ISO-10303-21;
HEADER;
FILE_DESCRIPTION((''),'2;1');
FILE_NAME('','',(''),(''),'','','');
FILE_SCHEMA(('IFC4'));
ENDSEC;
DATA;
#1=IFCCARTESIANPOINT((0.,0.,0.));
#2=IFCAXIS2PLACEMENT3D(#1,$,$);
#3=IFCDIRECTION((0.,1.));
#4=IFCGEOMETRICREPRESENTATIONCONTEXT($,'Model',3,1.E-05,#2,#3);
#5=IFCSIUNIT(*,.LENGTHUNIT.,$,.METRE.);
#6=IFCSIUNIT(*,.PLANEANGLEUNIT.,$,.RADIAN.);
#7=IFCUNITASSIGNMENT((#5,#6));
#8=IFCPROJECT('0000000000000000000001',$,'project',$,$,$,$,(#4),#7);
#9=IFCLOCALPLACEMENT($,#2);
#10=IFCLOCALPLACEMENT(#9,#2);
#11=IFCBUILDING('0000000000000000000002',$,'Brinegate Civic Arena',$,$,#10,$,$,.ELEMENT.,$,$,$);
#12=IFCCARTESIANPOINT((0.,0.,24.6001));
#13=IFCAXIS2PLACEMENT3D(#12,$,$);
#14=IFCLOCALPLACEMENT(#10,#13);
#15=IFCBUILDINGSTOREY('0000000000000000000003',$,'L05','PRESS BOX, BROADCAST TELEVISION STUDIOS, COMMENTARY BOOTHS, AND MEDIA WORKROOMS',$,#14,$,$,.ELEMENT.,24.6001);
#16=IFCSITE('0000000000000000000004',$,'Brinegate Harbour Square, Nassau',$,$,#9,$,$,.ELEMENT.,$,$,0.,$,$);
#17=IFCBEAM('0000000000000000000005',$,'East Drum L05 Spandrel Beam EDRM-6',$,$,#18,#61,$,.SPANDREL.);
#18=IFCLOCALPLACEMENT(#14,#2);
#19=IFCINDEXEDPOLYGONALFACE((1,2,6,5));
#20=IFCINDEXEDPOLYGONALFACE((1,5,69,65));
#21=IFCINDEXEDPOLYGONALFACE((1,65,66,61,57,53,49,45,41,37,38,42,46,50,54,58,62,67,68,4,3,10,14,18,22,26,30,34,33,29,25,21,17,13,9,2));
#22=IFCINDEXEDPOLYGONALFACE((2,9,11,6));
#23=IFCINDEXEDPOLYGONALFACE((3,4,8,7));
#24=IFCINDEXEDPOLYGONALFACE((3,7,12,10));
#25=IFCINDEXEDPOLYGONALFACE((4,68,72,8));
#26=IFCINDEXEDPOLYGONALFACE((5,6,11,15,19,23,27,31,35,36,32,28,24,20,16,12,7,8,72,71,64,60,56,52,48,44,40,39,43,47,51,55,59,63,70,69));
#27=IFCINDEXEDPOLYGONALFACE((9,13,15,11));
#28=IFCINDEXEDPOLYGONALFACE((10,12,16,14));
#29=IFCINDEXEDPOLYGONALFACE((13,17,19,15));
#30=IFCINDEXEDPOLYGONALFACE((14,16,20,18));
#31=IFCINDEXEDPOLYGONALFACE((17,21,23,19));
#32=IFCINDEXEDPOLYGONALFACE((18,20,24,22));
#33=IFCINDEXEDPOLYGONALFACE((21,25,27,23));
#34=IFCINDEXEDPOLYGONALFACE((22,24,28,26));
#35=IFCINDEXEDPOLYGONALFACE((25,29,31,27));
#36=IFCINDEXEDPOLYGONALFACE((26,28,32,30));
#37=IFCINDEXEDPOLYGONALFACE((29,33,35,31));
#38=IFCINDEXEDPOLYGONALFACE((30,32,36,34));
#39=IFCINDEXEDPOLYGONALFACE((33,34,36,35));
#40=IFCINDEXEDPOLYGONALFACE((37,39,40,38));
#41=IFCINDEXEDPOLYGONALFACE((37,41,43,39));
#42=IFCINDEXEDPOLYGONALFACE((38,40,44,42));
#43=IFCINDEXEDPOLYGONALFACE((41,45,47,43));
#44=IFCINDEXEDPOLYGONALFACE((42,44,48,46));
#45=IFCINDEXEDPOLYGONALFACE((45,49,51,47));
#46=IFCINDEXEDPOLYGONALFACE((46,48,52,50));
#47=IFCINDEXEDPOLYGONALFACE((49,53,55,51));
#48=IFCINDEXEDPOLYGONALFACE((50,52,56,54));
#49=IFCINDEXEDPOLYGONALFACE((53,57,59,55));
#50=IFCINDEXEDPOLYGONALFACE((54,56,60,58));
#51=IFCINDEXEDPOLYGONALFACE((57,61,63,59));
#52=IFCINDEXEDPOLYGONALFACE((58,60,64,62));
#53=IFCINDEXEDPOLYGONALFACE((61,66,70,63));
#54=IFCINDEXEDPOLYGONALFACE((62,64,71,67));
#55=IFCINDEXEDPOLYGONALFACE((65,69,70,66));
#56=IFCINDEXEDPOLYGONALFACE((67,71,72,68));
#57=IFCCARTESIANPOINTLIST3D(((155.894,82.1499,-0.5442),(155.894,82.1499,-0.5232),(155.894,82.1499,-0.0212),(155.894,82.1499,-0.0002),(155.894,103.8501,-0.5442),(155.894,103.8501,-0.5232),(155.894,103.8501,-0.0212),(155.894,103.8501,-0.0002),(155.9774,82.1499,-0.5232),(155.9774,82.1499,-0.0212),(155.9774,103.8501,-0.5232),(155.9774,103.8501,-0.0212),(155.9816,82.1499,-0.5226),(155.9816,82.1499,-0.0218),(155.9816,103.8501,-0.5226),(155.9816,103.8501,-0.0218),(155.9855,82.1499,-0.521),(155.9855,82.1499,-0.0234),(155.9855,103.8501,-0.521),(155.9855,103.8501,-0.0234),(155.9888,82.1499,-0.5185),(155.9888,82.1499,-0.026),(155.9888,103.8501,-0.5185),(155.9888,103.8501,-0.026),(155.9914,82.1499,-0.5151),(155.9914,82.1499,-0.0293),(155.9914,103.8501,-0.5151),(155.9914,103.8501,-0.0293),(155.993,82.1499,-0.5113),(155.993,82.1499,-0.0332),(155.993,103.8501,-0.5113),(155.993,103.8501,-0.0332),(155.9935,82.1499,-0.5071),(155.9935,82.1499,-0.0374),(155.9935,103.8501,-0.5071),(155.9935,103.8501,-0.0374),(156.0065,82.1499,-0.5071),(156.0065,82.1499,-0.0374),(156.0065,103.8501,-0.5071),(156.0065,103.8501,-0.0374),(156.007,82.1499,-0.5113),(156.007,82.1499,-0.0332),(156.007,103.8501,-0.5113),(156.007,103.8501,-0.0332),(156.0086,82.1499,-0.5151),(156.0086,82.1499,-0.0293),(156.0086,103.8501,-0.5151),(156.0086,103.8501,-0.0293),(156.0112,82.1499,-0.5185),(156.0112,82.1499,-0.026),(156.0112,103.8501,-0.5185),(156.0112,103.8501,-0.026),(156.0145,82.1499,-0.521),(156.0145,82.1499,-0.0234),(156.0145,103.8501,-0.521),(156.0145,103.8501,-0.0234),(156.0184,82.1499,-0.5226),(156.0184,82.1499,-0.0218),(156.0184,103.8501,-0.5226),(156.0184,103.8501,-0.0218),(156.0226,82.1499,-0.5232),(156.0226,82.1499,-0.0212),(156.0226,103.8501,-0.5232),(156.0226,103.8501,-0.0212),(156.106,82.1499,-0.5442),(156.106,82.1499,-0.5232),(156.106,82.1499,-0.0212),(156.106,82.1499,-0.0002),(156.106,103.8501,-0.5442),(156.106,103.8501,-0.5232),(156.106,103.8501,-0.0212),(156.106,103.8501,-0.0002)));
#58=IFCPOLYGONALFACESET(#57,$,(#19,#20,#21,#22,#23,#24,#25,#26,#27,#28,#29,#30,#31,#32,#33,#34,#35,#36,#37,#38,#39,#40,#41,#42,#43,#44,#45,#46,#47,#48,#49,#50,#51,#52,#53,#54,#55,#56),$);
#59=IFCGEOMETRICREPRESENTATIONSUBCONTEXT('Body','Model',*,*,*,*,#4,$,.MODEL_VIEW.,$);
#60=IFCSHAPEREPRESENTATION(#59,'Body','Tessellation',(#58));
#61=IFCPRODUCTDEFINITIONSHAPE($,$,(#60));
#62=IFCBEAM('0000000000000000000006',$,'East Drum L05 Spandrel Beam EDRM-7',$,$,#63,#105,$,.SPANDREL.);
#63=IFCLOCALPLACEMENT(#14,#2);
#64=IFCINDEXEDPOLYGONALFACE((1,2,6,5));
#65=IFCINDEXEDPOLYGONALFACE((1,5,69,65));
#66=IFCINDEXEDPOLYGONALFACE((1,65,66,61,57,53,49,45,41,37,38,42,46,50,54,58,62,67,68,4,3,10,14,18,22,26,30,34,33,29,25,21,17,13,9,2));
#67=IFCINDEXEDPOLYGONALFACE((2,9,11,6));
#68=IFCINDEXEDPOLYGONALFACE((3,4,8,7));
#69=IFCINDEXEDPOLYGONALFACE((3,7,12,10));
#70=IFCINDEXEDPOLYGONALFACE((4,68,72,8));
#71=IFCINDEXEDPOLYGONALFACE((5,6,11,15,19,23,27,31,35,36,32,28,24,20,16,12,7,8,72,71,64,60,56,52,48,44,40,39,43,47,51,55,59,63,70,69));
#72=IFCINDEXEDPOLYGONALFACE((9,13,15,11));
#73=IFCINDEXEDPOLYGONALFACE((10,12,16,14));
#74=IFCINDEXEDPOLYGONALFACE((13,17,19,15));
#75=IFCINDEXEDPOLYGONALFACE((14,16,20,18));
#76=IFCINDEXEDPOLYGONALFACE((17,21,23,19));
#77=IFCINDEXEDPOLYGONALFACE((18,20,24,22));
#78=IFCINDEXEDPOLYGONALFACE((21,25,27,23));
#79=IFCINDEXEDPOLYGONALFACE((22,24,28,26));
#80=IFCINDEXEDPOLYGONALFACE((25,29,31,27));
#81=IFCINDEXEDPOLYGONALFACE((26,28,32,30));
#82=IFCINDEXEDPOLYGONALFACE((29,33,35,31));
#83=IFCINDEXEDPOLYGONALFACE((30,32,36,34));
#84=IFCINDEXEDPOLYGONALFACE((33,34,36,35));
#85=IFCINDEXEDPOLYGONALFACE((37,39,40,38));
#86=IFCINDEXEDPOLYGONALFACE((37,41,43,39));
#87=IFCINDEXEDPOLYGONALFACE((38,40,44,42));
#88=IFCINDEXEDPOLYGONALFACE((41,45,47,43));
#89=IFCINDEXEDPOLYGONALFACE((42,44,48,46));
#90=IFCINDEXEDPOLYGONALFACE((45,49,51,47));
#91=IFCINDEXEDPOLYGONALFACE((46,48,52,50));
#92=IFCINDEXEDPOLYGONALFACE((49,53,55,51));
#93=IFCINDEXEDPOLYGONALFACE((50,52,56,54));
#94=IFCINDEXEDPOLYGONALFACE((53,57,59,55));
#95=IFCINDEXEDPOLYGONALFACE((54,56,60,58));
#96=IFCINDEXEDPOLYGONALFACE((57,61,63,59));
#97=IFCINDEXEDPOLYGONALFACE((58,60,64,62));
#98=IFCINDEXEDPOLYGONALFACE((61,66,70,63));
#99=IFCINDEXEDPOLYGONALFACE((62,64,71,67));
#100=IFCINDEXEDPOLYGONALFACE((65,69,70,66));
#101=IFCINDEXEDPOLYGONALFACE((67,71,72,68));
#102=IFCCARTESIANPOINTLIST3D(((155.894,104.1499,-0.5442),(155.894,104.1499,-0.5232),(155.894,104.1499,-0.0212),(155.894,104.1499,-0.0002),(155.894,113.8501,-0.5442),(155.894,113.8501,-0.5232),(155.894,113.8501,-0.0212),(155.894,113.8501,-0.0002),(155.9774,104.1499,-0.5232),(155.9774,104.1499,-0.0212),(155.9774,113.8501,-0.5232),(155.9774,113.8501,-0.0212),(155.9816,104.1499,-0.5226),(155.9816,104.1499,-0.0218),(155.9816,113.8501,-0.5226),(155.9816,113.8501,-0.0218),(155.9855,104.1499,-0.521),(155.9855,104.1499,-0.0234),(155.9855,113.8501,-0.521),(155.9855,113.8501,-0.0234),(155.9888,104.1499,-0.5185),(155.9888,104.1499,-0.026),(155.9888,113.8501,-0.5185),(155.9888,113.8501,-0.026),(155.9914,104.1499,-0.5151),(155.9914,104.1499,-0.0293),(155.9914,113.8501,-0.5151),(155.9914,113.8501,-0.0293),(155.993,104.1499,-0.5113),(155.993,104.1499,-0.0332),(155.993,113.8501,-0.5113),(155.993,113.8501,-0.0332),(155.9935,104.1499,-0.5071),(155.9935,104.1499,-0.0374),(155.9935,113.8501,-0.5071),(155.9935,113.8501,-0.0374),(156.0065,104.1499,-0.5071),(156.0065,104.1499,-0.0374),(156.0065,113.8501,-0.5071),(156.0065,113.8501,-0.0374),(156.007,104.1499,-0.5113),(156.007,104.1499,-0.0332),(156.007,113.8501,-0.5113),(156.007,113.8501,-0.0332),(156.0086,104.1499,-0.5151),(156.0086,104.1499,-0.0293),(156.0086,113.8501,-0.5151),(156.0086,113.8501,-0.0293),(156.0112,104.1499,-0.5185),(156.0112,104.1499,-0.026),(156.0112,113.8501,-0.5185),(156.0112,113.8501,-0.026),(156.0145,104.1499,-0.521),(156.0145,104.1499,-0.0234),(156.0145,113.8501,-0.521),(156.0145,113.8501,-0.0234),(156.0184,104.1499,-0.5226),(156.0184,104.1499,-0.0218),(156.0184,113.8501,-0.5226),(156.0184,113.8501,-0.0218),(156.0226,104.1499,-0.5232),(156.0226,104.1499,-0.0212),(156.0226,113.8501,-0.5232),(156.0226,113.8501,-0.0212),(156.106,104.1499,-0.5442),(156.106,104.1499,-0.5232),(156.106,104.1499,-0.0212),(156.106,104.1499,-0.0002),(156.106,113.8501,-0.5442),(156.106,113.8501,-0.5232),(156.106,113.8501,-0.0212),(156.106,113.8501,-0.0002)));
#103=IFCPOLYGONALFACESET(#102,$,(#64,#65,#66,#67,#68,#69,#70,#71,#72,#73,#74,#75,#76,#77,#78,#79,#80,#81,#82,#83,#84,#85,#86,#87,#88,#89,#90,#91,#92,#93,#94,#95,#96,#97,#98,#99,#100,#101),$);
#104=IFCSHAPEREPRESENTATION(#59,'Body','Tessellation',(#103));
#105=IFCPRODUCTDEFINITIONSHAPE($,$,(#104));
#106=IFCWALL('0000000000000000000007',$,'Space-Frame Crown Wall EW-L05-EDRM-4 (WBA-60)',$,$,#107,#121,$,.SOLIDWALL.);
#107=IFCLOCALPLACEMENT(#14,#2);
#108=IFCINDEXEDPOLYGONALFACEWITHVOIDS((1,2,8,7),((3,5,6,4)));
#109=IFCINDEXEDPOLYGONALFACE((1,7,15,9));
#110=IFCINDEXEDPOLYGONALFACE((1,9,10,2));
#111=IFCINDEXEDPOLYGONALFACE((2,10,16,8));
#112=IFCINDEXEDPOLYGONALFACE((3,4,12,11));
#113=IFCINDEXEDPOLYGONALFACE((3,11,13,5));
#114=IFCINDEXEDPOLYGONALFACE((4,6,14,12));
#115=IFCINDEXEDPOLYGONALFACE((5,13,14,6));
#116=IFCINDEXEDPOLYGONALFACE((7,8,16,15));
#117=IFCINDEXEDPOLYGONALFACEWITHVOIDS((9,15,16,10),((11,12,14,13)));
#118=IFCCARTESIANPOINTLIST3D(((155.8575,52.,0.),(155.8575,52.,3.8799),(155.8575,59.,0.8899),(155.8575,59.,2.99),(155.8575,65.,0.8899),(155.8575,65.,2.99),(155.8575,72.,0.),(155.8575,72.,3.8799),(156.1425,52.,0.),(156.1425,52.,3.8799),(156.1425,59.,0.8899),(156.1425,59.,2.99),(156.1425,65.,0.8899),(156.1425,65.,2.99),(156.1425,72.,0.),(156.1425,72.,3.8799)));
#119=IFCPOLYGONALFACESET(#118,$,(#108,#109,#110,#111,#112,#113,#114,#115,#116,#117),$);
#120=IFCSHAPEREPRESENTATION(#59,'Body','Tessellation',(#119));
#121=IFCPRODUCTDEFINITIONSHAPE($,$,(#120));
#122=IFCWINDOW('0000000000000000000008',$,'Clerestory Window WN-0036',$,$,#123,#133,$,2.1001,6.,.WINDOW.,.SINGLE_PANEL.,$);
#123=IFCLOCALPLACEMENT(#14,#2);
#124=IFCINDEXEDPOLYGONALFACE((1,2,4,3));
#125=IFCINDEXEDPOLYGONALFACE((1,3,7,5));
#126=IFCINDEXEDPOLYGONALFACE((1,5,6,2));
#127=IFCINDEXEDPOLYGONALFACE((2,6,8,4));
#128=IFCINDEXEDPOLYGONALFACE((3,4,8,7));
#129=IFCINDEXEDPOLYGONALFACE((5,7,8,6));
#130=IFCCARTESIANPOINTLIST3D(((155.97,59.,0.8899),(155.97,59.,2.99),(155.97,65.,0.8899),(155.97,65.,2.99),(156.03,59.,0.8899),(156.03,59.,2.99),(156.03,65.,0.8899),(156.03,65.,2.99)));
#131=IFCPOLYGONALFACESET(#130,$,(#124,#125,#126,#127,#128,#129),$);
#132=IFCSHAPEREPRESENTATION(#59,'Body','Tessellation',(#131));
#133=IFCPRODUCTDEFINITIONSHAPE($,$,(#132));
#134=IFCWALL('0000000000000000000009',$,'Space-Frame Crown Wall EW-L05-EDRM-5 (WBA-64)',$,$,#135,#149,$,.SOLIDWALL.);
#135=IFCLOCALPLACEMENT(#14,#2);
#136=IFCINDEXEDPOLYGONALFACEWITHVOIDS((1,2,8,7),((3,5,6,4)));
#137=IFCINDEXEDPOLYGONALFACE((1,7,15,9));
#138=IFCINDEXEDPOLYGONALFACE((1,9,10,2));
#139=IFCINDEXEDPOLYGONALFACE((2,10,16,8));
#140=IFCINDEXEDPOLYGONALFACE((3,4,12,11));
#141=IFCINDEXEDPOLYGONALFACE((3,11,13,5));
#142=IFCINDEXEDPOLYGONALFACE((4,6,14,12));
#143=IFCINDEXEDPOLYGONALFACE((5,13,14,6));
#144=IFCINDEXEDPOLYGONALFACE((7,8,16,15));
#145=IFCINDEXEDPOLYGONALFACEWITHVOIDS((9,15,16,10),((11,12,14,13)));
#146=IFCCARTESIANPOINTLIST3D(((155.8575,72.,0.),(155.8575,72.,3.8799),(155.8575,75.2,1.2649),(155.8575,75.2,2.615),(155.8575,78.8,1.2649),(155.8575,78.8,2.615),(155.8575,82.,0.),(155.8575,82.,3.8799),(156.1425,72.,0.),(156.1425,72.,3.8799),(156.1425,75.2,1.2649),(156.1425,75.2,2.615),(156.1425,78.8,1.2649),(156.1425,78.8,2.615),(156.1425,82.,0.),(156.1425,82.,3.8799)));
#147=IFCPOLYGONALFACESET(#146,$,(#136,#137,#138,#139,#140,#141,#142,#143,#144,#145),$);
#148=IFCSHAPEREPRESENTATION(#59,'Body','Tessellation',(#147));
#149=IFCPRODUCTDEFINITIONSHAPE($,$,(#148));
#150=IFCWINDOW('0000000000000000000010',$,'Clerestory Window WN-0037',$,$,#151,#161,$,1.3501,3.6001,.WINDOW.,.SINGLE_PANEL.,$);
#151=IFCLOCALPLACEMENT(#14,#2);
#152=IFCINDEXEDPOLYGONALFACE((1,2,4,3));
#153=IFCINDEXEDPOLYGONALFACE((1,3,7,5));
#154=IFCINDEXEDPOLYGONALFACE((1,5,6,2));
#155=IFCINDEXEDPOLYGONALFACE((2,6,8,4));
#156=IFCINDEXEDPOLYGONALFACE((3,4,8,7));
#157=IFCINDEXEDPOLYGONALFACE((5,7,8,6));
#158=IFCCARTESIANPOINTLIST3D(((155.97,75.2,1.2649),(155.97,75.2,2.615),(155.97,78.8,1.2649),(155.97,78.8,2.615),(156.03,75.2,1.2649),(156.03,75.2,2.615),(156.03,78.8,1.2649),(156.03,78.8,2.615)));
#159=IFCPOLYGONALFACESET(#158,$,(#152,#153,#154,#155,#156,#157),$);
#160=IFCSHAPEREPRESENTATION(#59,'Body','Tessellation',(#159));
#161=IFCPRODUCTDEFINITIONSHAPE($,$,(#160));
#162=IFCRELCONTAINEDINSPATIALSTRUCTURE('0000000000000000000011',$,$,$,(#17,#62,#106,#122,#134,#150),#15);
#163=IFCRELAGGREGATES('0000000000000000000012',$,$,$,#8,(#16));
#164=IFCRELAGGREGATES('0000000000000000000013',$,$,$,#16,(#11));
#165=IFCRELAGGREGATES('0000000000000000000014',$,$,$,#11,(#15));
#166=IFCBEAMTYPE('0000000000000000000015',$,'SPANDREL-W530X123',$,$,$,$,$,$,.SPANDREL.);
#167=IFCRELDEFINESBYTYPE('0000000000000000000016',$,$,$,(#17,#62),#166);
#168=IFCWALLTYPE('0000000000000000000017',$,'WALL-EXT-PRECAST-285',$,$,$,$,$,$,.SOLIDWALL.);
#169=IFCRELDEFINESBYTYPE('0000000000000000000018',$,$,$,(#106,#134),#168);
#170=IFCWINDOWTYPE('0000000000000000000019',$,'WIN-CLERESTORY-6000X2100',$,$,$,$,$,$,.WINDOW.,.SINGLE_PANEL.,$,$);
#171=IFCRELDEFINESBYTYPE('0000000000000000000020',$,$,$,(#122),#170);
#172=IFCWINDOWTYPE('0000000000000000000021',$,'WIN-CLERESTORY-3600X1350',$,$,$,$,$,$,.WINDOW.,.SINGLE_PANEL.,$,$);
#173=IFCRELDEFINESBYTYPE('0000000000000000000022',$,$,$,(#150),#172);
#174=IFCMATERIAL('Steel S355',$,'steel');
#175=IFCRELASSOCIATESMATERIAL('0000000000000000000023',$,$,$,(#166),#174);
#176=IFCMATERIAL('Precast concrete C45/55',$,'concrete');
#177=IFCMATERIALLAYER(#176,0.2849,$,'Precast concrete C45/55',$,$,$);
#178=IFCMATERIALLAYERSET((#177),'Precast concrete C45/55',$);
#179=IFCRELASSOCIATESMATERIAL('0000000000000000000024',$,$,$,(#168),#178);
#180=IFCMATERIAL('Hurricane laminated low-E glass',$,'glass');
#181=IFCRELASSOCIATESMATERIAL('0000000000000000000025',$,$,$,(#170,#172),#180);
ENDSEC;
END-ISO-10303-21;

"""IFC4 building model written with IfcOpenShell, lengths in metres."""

from ifc_helpers import new_model, si_unit, direction, frame, frame_2d, origin, origin_2d, place, context, subcontext, project, spatial, rectangle, i_section, extrude, material, layer, layer_set, material_profile, profile_set, type_object, element, fill, save


model = new_model("IFC4")

# Units and contexts
model_context = context("Model", 3, precision=1e-05, world=origin(), true_north=direction((0.0, 1.0)))
body_context = subcontext(model_context, "Body", "Model", "MODEL_VIEW")
ifc_project = project(units=[si_unit("LENGTHUNIT", "METRE"), si_unit("PLANEANGLEUNIT", "RADIAN")], contexts=[model_context])

# Site, building, storey
site_placement = place(None, origin())
site = spatial("IfcSite", under=ifc_project, at=site_placement, Name="Brinegate Harbour Square, Nassau", CompositionType="ELEMENT", RefElevation=0.0)
building_placement = place(site_placement, origin())
building = spatial("IfcBuilding", under=site, at=building_placement, Name="Brinegate Civic Arena", CompositionType="ELEMENT")
storey_placement = place(building_placement, frame((0.0, 0.0, 24.6001)))
storey = spatial("IfcBuildingStorey", under=building, at=storey_placement, Name="L05", Description="PRESS BOX, BROADCAST TELEVISION STUDIOS, COMMENTARY BOOTHS, AND MEDIA WORKROOMS", CompositionType="ELEMENT", Elevation=24.6001)

# Shared definitions
ifc_material_1 = material(Name="Steel S355", Category="steel")

# Beams
ifc_material_profile_1 = material_profile(ifc_material_1, i_section(OverallWidth=0.2119, OverallDepth=0.5439, WebThickness=0.0129, FlangeThickness=0.021, FilletRadius=0.0161, at=origin_2d()), Name="W530X123")
ifc_profile_set_1 = profile_set([ifc_material_profile_1], Name="Steel S355")
beam_type = type_object("IfcBeamType", Name="SPANDREL-W530X123", PredefinedType="SPANDREL", material=ifc_profile_set_1)
beam_1_placement = place(storey_placement, frame((156.0, 82.1499, -0.2722), z_axis=(0.0, 1.0, 0.0), x_axis=(-1.0, 0.0, 0.0)))
element("IfcBeam", 1, at=beam_1_placement, inside=storey, type_object=beam_type, Name="East Drum L05 Spandrel Beam EDRM-6", PredefinedType="SPANDREL", context=body_context, shape_type="SweptSolid", body=[
    extrude(i_section(OverallWidth=0.2119, OverallDepth=0.5439, WebThickness=0.0129, FlangeThickness=0.021, FilletRadius=0.0161, at=origin_2d()), origin(), (0.0, 0.0, 1.0), 21.7002),
])
beam_2_placement = place(storey_placement, frame((156.0, 104.1499, -0.2722), z_axis=(0.0, 1.0, 0.0), x_axis=(-1.0, 0.0, 0.0)))
element("IfcBeam", 2, at=beam_2_placement, inside=storey, type_object=beam_type, Name="East Drum L05 Spandrel Beam EDRM-7", PredefinedType="SPANDREL", context=body_context, shape_type="SweptSolid", body=[
    extrude(i_section(OverallWidth=0.2119, OverallDepth=0.5439, WebThickness=0.0129, FlangeThickness=0.021, FilletRadius=0.0161, at=origin_2d()), origin(), (0.0, 0.0, 1.0), 9.7002),
])

# Walls, openings, windows
ifc_material_2 = material(Name="Precast concrete C45/55", Category="concrete")
ifc_layer_1 = layer(ifc_material_2, 0.2849, Name="Precast concrete C45/55")
ifc_layer_set_1 = layer_set([ifc_layer_1], Name="Precast concrete C45/55")
wall_type_1 = type_object("IfcWallType", Name="WALL-EXT-PRECAST-285", PredefinedType="SOLIDWALL", material=ifc_layer_set_1)
wall_1_placement = place(storey_placement, frame((156.0, 52.0, 0.0), z_axis=(0.0, 0.0, 1.0), x_axis=(0.0, 1.0, 0.0)))
wall_1 = element("IfcWall", 3, at=wall_1_placement, inside=storey, type_object=wall_type_1, Name="Space-Frame Crown Wall EW-L05-EDRM-4 (WBA-60)", PredefinedType="SOLIDWALL", context=body_context, shape_type="SweptSolid", body=[
    extrude(rectangle(XDim=20.0, YDim=0.2849, at=frame_2d((10.0, 0.0))), origin(), (0.0, 0.0, 1.0), 3.8799),
])
opening_1_placement = place(wall_1_placement, frame((7.0, 0.0, 0.8899)))
opening_1 = element("IfcOpeningElement", 4, at=opening_1_placement, cuts=wall_1, PredefinedType="OPENING", context=body_context, shape_type="SweptSolid", body=[
    extrude(rectangle(XDim=6.0, YDim=2.1001, at=frame_2d((3.0, 1.05))), frame((0.0, 0.1523, 0.0), z_axis=(0.0, -1.0, 0.0), x_axis=(1.0, 0.0, 0.0)), (0.0, 0.0, 1.0), 0.3049),
])
ifc_material_3 = material(Name="Hurricane laminated low-E glass", Category="glass")
window_type_1 = type_object("IfcWindowType", Name="WIN-CLERESTORY-6000X2100", PartitioningType="SINGLE_PANEL", PredefinedType="WINDOW", material=ifc_material_3)
window_1_placement = place(opening_1_placement, origin())
window_1 = element("IfcWindow", 5, at=window_1_placement, inside=storey, type_object=window_type_1, Name="Clerestory Window WN-0036", OverallHeight=2.1001, OverallWidth=6.0, PartitioningType="SINGLE_PANEL", PredefinedType="WINDOW", context=body_context, shape_type="SweptSolid", body=[
    extrude(rectangle(XDim=6.0, YDim=2.1001, at=frame_2d((3.0, 1.05))), frame((0.0, 0.03, 0.0), z_axis=(0.0, -1.0, 0.0), x_axis=(1.0, 0.0, 0.0)), (0.0, 0.0, 1.0), 0.0601),
])
fill(opening_1, window_1)
wall_2_placement = place(storey_placement, frame((156.0, 72.0, 0.0), z_axis=(0.0, 0.0, 1.0), x_axis=(0.0, 1.0, 0.0)))
wall_2 = element("IfcWall", 6, at=wall_2_placement, inside=storey, type_object=wall_type_1, Name="Space-Frame Crown Wall EW-L05-EDRM-5 (WBA-64)", PredefinedType="SOLIDWALL", context=body_context, shape_type="SweptSolid", body=[
    extrude(rectangle(XDim=10.0, YDim=0.2849, at=frame_2d((5.0, 0.0))), origin(), (0.0, 0.0, 1.0), 3.8799),
])
opening_2_placement = place(wall_2_placement, frame((3.2, 0.0, 1.2649)))
opening_2 = element("IfcOpeningElement", 7, at=opening_2_placement, cuts=wall_2, PredefinedType="OPENING", context=body_context, shape_type="SweptSolid", body=[
    extrude(rectangle(XDim=3.6001, YDim=1.3501, at=frame_2d((1.8, 0.675))), frame((0.0, 0.1523, 0.0), z_axis=(0.0, -1.0, 0.0), x_axis=(1.0, 0.0, 0.0)), (0.0, 0.0, 1.0), 0.3049),
])
window_type_2 = type_object("IfcWindowType", Name="WIN-CLERESTORY-3600X1350", PartitioningType="SINGLE_PANEL", PredefinedType="WINDOW", material=ifc_material_3)
window_2_placement = place(opening_2_placement, origin())
window_2 = element("IfcWindow", 8, at=window_2_placement, inside=storey, type_object=window_type_2, Name="Clerestory Window WN-0037", OverallHeight=1.3501, OverallWidth=3.6001, PartitioningType="SINGLE_PANEL", PredefinedType="WINDOW", context=body_context, shape_type="SweptSolid", body=[
    extrude(rectangle(XDim=3.6001, YDim=1.3501, at=frame_2d((1.8, 0.675))), frame((0.0, 0.03, 0.0), z_axis=(0.0, -1.0, 0.0), x_axis=(1.0, 0.0, 0.0)), (0.0, 0.0, 1.0), 0.0601),
])
fill(opening_2, window_2)

save(model, "model.ifc")
